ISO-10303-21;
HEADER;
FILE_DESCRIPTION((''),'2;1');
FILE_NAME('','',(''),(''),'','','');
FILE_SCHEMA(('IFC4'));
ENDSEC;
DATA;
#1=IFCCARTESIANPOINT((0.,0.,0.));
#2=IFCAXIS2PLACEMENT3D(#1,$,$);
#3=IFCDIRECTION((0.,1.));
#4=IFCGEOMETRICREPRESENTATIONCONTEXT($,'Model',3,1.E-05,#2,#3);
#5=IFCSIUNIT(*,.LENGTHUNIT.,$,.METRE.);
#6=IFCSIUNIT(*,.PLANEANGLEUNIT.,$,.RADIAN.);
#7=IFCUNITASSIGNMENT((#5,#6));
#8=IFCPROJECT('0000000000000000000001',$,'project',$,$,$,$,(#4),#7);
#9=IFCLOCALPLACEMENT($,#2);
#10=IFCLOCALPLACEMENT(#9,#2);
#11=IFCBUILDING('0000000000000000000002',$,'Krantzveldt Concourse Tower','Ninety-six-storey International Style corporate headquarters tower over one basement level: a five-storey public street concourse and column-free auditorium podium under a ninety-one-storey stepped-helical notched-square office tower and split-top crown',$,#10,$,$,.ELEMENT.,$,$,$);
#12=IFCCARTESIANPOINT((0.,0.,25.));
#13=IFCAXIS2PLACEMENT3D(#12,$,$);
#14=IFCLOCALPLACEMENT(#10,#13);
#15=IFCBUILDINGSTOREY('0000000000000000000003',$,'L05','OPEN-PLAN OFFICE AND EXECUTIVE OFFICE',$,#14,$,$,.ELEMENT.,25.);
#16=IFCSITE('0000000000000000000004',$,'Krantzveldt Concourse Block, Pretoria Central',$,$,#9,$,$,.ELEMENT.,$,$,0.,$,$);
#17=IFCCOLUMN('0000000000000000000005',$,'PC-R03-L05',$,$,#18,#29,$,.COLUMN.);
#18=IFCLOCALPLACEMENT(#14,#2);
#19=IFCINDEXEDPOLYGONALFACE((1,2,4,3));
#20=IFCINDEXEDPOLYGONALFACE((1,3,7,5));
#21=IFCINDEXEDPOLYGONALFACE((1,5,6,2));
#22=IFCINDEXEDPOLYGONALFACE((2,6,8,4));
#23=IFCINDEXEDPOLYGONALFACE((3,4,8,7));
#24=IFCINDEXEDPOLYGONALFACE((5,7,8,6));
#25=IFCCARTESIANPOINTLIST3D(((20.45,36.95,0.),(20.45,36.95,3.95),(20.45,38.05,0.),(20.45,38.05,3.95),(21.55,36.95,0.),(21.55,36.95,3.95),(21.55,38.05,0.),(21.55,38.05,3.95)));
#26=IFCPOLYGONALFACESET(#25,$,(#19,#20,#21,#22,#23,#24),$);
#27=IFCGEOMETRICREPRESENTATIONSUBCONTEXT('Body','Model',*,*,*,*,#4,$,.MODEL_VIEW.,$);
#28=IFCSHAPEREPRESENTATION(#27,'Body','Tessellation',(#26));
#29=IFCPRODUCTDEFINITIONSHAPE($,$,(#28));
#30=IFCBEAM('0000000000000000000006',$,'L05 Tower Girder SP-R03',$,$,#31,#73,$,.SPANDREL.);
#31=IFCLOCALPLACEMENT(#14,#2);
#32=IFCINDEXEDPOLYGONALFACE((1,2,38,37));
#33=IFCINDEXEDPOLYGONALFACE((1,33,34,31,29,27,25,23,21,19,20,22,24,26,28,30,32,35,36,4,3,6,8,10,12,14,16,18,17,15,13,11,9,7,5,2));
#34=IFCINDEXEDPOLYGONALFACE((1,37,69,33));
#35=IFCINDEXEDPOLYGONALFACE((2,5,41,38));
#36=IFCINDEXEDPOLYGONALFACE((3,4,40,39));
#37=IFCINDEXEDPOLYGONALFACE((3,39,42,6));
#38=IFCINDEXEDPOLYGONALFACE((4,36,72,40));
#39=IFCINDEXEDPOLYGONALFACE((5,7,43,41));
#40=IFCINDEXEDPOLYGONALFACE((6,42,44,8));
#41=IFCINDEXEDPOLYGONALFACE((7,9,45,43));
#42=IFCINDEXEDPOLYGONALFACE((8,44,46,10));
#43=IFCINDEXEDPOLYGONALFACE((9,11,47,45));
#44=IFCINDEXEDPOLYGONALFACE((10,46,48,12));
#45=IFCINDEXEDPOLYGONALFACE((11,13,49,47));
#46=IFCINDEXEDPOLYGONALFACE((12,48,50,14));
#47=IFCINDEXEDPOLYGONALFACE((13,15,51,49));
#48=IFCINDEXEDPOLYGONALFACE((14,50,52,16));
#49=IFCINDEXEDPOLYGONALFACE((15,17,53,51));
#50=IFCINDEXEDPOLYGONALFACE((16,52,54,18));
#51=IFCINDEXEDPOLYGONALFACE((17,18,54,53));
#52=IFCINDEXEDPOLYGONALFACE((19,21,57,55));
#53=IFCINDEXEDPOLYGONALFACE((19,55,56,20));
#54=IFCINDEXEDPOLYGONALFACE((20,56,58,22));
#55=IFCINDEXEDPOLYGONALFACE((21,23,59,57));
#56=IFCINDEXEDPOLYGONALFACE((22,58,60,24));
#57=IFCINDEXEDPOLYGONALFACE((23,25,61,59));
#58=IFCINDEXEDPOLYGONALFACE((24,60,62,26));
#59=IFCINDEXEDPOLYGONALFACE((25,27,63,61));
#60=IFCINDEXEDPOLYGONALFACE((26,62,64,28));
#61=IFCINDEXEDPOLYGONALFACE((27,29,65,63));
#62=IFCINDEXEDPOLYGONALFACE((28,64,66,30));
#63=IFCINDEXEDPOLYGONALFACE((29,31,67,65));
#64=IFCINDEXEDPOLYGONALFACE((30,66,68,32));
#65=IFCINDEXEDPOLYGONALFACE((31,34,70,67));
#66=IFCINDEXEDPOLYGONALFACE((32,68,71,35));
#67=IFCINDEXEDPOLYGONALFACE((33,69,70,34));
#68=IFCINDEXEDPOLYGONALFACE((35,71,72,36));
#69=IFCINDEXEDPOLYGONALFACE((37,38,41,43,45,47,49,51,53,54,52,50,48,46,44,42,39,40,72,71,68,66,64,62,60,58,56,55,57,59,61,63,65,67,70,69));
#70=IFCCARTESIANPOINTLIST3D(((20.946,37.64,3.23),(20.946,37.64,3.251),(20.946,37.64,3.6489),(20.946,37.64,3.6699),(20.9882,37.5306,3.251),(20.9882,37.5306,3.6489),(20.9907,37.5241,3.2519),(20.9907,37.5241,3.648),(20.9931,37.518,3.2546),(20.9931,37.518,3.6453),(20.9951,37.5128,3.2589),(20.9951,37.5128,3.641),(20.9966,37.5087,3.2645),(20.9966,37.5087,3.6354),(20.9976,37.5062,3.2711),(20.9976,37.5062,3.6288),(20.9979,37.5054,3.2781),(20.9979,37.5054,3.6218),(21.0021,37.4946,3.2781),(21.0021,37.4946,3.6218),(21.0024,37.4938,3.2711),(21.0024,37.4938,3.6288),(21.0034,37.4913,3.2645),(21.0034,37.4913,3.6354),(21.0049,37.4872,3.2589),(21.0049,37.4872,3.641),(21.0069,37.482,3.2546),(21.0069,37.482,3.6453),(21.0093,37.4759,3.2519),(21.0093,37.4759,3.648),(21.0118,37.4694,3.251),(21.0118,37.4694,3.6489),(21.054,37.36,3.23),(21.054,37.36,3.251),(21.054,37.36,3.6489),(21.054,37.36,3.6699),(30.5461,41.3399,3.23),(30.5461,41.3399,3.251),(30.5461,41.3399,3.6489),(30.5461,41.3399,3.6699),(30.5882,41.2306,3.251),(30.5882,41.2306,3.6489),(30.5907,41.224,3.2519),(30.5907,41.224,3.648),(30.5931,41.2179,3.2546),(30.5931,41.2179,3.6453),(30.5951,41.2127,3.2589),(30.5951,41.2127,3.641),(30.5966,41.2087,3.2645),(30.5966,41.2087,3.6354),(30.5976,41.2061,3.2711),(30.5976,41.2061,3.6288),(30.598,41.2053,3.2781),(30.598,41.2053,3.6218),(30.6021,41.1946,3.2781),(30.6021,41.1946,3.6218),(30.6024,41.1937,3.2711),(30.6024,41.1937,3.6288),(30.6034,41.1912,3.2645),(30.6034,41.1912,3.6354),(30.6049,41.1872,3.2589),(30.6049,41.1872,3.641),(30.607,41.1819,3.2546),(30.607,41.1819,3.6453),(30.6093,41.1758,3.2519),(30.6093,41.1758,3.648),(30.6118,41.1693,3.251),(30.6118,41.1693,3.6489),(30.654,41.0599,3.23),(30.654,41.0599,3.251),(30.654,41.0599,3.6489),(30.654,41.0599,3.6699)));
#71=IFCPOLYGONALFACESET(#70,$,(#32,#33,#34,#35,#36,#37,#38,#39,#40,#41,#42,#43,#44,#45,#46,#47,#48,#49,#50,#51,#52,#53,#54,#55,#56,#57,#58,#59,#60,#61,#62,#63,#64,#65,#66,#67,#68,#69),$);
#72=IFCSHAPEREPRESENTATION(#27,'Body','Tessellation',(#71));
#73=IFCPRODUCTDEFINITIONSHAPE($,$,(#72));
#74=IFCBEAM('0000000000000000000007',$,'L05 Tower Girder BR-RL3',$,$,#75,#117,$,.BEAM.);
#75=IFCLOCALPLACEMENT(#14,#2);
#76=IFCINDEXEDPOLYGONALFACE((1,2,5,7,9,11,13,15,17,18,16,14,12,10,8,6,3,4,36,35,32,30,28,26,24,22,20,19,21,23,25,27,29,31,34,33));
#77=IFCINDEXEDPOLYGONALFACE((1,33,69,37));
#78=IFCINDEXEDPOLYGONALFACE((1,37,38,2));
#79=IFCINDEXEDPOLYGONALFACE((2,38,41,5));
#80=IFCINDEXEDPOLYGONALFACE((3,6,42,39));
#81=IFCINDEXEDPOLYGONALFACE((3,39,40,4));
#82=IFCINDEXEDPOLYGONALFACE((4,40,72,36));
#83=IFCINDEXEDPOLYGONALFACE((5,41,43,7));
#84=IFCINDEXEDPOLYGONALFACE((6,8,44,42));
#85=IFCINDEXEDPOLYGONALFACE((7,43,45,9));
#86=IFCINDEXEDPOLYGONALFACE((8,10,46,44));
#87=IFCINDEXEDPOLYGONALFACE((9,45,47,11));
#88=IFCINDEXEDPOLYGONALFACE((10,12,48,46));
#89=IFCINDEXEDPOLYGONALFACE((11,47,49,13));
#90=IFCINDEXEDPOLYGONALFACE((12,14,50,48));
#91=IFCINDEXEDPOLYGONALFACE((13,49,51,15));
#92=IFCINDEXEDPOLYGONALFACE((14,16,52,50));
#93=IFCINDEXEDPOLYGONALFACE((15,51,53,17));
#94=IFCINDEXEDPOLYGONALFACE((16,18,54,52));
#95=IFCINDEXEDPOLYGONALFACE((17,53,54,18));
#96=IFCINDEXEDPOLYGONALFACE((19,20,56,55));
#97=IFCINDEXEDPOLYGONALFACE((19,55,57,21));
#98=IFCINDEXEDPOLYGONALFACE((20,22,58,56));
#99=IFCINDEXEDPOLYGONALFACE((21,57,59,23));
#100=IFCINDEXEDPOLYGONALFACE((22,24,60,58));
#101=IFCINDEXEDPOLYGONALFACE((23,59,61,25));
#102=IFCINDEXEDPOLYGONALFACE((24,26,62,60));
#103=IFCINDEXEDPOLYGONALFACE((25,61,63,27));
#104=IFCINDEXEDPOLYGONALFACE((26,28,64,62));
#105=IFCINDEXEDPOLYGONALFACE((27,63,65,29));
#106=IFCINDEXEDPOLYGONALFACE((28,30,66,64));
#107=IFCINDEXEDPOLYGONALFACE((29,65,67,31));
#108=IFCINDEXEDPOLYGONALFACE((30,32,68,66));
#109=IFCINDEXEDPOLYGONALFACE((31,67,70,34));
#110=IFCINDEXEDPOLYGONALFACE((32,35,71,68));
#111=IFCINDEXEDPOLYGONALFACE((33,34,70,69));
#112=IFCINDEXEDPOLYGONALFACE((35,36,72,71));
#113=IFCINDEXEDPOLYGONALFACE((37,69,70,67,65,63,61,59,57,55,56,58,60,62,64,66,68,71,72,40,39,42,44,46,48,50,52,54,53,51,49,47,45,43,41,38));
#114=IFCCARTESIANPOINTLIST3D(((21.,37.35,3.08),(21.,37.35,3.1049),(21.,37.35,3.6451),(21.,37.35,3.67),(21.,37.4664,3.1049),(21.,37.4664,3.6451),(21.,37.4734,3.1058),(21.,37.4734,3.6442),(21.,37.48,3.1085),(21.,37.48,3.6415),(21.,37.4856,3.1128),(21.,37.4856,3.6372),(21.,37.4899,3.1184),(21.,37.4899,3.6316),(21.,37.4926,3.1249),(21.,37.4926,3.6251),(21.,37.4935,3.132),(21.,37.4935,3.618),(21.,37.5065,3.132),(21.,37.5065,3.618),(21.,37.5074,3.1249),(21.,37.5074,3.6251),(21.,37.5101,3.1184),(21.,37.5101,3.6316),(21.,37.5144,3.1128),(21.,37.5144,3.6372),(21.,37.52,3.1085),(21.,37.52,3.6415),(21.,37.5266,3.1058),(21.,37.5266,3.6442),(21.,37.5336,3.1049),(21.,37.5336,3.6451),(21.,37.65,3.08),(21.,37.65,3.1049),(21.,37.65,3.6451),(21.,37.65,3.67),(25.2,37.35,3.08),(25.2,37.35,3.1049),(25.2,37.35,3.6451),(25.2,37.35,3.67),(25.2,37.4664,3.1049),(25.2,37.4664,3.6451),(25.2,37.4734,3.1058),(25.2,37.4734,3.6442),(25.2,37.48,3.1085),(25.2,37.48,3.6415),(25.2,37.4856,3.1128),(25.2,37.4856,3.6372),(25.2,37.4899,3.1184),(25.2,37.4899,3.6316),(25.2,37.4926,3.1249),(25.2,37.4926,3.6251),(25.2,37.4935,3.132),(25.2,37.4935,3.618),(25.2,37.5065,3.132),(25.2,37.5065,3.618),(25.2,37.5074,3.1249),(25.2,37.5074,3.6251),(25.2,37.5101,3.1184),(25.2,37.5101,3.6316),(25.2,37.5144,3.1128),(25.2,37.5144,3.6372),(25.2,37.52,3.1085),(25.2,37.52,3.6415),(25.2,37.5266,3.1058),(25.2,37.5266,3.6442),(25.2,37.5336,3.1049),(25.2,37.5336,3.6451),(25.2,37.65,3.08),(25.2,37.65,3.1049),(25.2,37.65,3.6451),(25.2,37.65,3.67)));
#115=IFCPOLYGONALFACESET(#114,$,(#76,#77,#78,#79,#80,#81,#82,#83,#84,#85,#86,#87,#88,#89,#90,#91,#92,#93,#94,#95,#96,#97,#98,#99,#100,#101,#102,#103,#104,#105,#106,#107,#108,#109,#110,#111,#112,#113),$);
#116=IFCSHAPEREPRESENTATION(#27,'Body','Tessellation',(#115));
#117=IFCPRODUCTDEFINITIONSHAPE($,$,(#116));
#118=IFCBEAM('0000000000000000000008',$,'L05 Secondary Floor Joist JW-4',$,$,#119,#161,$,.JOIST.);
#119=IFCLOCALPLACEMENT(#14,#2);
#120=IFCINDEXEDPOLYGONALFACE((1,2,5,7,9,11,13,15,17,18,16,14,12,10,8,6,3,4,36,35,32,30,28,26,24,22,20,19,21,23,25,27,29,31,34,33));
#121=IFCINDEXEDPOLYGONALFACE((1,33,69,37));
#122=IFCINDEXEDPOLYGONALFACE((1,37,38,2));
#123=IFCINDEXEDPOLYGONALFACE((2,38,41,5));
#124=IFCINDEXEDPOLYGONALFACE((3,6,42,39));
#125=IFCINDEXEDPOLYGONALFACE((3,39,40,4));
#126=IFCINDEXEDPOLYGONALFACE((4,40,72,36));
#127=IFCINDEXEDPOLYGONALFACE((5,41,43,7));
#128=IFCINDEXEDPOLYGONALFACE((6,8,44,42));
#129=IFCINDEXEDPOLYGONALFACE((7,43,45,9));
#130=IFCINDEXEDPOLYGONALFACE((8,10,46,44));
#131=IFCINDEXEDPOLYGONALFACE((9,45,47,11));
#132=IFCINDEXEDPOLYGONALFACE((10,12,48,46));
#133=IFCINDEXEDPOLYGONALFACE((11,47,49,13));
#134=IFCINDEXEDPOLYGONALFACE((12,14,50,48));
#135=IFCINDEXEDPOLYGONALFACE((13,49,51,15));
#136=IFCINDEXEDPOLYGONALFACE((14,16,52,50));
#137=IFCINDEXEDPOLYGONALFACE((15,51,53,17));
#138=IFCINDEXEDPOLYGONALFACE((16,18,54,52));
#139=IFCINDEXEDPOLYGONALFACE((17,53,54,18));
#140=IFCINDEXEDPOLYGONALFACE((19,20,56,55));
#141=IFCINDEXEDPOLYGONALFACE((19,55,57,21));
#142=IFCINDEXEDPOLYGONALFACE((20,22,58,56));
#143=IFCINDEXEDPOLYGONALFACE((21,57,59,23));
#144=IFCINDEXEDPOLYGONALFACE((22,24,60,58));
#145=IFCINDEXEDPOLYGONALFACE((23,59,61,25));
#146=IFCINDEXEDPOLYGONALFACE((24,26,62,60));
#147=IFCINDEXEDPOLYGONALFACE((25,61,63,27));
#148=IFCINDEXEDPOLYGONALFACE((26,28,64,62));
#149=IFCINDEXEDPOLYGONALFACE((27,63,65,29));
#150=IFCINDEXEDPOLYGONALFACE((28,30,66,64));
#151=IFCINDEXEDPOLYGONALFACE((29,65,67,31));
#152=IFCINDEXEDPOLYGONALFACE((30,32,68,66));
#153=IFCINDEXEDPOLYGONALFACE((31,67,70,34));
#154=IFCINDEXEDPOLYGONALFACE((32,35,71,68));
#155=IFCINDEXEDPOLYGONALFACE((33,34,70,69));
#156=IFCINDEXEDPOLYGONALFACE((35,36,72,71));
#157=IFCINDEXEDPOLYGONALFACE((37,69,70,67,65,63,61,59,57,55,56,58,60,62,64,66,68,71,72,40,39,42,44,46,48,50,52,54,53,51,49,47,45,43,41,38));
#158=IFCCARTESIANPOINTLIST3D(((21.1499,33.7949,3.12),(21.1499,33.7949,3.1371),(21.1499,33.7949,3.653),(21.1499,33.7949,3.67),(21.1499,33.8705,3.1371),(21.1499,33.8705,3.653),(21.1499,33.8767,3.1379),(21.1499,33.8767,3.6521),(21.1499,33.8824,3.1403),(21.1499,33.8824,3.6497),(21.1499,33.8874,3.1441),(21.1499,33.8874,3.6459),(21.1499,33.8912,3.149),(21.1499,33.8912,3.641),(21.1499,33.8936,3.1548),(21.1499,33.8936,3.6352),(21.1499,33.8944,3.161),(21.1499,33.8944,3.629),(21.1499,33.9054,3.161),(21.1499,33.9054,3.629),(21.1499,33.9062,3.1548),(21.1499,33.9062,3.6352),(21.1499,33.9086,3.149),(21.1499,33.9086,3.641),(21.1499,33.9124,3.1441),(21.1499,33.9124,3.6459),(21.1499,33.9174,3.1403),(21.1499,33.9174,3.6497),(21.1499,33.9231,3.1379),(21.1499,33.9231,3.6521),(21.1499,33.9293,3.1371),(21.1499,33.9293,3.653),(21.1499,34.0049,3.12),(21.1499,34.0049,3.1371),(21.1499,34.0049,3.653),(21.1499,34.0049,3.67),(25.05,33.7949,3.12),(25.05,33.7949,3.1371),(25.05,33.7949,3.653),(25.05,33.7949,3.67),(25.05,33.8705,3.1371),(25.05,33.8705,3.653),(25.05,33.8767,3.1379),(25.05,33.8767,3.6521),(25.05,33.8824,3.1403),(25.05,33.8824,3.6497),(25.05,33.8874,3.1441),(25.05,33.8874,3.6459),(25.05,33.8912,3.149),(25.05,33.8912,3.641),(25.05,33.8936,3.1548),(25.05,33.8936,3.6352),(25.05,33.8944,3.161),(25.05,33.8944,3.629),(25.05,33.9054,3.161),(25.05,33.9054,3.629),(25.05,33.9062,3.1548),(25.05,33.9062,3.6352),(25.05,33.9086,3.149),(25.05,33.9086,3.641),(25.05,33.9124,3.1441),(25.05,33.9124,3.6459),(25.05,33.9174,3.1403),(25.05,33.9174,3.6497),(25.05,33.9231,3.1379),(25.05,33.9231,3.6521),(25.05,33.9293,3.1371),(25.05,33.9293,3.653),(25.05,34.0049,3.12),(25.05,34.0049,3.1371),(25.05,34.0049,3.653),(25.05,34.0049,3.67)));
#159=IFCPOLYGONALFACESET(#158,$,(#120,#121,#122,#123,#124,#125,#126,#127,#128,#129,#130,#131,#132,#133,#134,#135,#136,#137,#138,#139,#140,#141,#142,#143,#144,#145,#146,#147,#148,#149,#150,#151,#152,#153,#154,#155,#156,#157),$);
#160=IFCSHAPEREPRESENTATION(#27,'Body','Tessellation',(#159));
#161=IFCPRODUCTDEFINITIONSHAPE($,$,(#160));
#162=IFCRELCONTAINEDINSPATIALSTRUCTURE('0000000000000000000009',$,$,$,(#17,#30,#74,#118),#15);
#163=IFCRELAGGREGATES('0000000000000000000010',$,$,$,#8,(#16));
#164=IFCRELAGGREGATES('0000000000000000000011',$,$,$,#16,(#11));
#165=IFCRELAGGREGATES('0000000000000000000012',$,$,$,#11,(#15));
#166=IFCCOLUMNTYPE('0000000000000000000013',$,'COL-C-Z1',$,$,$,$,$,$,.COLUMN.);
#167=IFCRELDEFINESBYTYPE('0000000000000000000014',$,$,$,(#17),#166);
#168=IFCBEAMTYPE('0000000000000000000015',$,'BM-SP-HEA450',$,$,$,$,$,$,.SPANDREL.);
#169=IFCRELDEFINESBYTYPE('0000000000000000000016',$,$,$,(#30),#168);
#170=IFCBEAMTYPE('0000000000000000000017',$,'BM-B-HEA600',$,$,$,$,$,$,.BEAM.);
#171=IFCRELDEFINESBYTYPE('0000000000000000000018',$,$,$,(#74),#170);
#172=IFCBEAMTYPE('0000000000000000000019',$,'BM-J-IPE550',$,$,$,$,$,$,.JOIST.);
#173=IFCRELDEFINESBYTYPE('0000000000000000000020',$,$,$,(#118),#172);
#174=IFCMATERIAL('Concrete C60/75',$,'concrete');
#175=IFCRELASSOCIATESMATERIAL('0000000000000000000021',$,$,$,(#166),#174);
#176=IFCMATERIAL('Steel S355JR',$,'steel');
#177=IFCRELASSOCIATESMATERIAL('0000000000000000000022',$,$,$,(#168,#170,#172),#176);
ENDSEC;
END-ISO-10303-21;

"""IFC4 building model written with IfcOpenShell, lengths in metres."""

from ifc_helpers import new_model, si_unit, direction, frame, origin, origin_2d, place, context, subcontext, project, spatial, rectangle, i_section, extrude, source, transform, mapped, material, material_profile, profile_set, type_object, type_shapes, element, save


model = new_model("IFC4")

# Units and contexts
model_context = context("Model", 3, precision=1e-05, world=origin(), true_north=direction((0.0, 1.0)))
body_context = subcontext(model_context, "Body", "Model", "MODEL_VIEW")
ifc_project = project(units=[si_unit("LENGTHUNIT", "METRE"), si_unit("PLANEANGLEUNIT", "RADIAN")], contexts=[model_context])

# Site, building, storey
site_placement = place(None, origin())
site = spatial("IfcSite", under=ifc_project, at=site_placement, Name="Krantzveldt Concourse Block, Pretoria Central", CompositionType="ELEMENT", RefElevation=0.0)
building_placement = place(site_placement, origin())
building = spatial("IfcBuilding", under=site, at=building_placement, Name="Krantzveldt Concourse Tower", Description="Ninety-six-storey International Style corporate headquarters tower over one basement level: a five-storey public street concourse and column-free auditorium podium under a ninety-one-storey stepped-helical notched-square office tower and split-top crown", CompositionType="ELEMENT")
storey_placement = place(building_placement, frame((0.0, 0.0, 25.0)))
storey = spatial("IfcBuildingStorey", under=building, at=storey_placement, Name="L05", Description="OPEN-PLAN OFFICE AND EXECUTIVE OFFICE", CompositionType="ELEMENT", Elevation=25.0)

# Column
ifc_material_1 = material(Name="Concrete C60/75", Category="concrete")
ifc_material_profile_1 = material_profile(ifc_material_1, rectangle(XDim=1.1001, YDim=1.1001, at=origin_2d()), Name="Concrete C60/75", Category="concrete")
ifc_profile_set_1 = profile_set([ifc_material_profile_1], Name="Concrete C60/75 - RC 1100x1100")
column_type = type_object("IfcColumnType", Name="COL-C-Z1", PredefinedType="COLUMN", material=ifc_profile_set_1)
shared_shape_1 = source(origin(), body_context, "Body", "SweptSolid", [
    extrude(rectangle(XDim=1.1001, YDim=1.1001, at=origin_2d()), origin(), (0.0, 0.0, 1.0), 3.95),
])
type_shapes(column_type, [shared_shape_1])
column_placement = place(storey_placement, frame((21.0, 37.5, 0.0), z_axis=(0.0, 0.0, 1.0), x_axis=(1.0, 0.0, 0.0)))
element("IfcColumn", 1, at=column_placement, inside=storey, type_object=column_type, Name="PC-R03-L05", PredefinedType="COLUMN", context=body_context, shape_type="MappedRepresentation", body=[
    mapped(shared_shape_1, transform((0.0, 0.0, 0.0), x_axis=(1.0, 0.0, 0.0), y_axis=(0.0, 1.0, 0.0), z_axis=(0.0, 0.0, 1.0), scale=1.0)),
])

# Beams
ifc_material_2 = material(Name="Steel S355JR", Category="steel")
ifc_material_profile_2 = material_profile(ifc_material_2, i_section(OverallWidth=0.3, OverallDepth=0.4399, WebThickness=0.0115, FlangeThickness=0.021, FilletRadius=0.0271, at=origin_2d()), Name="Steel S355JR", Category="steel")
ifc_profile_set_2 = profile_set([ifc_material_profile_2], Name="Steel S355JR - HEA 450")
beam_type_1 = type_object("IfcBeamType", Name="BM-SP-HEA450", PredefinedType="SPANDREL", material=ifc_profile_set_2)
shared_shape_2 = source(origin(), body_context, "Body", "SweptSolid", [
    extrude(i_section(OverallWidth=0.3, OverallDepth=0.4399, WebThickness=0.0115, FlangeThickness=0.021, FilletRadius=0.0271, at=origin_2d()), origin(), (0.0, 0.0, 1.0), 10.2883),
])
type_shapes(beam_type_1, [shared_shape_2])
beam_1_placement = place(storey_placement, frame((21.0, 37.5, 3.45), z_axis=(0.933098, 0.359623, 0.0), x_axis=(-0.359623, 0.933098, 0.0)))
element("IfcBeam", 2, at=beam_1_placement, inside=storey, type_object=beam_type_1, Name="L05 Tower Girder SP-R03", PredefinedType="SPANDREL", context=body_context, shape_type="MappedRepresentation", body=[
    mapped(shared_shape_2, transform((0.0, 0.0, 0.0), x_axis=(1.0, 0.0, 0.0), y_axis=(0.0, 1.0, 0.0), z_axis=(0.0, 0.0, 1.0), scale=1.0)),
])
ifc_material_profile_3 = material_profile(ifc_material_2, i_section(OverallWidth=0.3, OverallDepth=0.5901, WebThickness=0.0129, FlangeThickness=0.0249, FilletRadius=0.0271, at=origin_2d()), Name="Steel S355JR", Category="steel")
ifc_profile_set_3 = profile_set([ifc_material_profile_3], Name="Steel S355JR - HEA 600")
beam_type_2 = type_object("IfcBeamType", Name="BM-B-HEA600", PredefinedType="BEAM", material=ifc_profile_set_3)
shared_shape_3 = source(origin(), body_context, "Body", "SweptSolid", [
    extrude(i_section(OverallWidth=0.3, OverallDepth=0.5901, WebThickness=0.0129, FlangeThickness=0.0249, FilletRadius=0.0271, at=origin_2d()), origin(), (0.0, 0.0, 1.0), 4.2),
])
type_shapes(beam_type_2, [shared_shape_3])
beam_2_placement = place(storey_placement, frame((21.0, 37.5, 3.375), z_axis=(1.0, 0.0, 0.0), x_axis=(0.0, 1.0, 0.0)))
element("IfcBeam", 3, at=beam_2_placement, inside=storey, type_object=beam_type_2, Name="L05 Tower Girder BR-RL3", PredefinedType="BEAM", context=body_context, shape_type="MappedRepresentation", body=[
    mapped(shared_shape_3, transform((0.0, 0.0, 0.0), x_axis=(1.0, 0.0, 0.0), y_axis=(0.0, 1.0, 0.0), z_axis=(0.0, 0.0, 1.0), scale=1.0)),
])
ifc_material_profile_4 = material_profile(ifc_material_2, i_section(OverallWidth=0.21, OverallDepth=0.55, WebThickness=0.011, FlangeThickness=0.0171, FilletRadius=0.0239, at=origin_2d()), Name="Steel S355JR", Category="steel")
ifc_profile_set_4 = profile_set([ifc_material_profile_4], Name="Steel S355JR - IPE 550")
beam_type_3 = type_object("IfcBeamType", Name="BM-J-IPE550", PredefinedType="JOIST", material=ifc_profile_set_4)
shared_shape_4 = source(origin(), body_context, "Body", "SweptSolid", [
    extrude(i_section(OverallWidth=0.21, OverallDepth=0.55, WebThickness=0.011, FlangeThickness=0.0171, FilletRadius=0.0239, at=origin_2d()), origin(), (0.0, 0.0, 1.0), 3.9001),
])
type_shapes(beam_type_3, [shared_shape_4])
beam_3_placement = place(storey_placement, frame((21.1499, 33.8999, 3.395), z_axis=(1.0, 0.0, 0.0), x_axis=(0.0, 1.0, 0.0)))
element("IfcBeam", 4, at=beam_3_placement, inside=storey, type_object=beam_type_3, Name="L05 Secondary Floor Joist JW-4", PredefinedType="JOIST", context=body_context, shape_type="MappedRepresentation", body=[
    mapped(shared_shape_4, transform((0.0, 0.0, 0.0), x_axis=(1.0, 0.0, 0.0), y_axis=(0.0, 1.0, 0.0), z_axis=(0.0, 0.0, 1.0), scale=1.0)),
])

save(model, "model.ifc")
